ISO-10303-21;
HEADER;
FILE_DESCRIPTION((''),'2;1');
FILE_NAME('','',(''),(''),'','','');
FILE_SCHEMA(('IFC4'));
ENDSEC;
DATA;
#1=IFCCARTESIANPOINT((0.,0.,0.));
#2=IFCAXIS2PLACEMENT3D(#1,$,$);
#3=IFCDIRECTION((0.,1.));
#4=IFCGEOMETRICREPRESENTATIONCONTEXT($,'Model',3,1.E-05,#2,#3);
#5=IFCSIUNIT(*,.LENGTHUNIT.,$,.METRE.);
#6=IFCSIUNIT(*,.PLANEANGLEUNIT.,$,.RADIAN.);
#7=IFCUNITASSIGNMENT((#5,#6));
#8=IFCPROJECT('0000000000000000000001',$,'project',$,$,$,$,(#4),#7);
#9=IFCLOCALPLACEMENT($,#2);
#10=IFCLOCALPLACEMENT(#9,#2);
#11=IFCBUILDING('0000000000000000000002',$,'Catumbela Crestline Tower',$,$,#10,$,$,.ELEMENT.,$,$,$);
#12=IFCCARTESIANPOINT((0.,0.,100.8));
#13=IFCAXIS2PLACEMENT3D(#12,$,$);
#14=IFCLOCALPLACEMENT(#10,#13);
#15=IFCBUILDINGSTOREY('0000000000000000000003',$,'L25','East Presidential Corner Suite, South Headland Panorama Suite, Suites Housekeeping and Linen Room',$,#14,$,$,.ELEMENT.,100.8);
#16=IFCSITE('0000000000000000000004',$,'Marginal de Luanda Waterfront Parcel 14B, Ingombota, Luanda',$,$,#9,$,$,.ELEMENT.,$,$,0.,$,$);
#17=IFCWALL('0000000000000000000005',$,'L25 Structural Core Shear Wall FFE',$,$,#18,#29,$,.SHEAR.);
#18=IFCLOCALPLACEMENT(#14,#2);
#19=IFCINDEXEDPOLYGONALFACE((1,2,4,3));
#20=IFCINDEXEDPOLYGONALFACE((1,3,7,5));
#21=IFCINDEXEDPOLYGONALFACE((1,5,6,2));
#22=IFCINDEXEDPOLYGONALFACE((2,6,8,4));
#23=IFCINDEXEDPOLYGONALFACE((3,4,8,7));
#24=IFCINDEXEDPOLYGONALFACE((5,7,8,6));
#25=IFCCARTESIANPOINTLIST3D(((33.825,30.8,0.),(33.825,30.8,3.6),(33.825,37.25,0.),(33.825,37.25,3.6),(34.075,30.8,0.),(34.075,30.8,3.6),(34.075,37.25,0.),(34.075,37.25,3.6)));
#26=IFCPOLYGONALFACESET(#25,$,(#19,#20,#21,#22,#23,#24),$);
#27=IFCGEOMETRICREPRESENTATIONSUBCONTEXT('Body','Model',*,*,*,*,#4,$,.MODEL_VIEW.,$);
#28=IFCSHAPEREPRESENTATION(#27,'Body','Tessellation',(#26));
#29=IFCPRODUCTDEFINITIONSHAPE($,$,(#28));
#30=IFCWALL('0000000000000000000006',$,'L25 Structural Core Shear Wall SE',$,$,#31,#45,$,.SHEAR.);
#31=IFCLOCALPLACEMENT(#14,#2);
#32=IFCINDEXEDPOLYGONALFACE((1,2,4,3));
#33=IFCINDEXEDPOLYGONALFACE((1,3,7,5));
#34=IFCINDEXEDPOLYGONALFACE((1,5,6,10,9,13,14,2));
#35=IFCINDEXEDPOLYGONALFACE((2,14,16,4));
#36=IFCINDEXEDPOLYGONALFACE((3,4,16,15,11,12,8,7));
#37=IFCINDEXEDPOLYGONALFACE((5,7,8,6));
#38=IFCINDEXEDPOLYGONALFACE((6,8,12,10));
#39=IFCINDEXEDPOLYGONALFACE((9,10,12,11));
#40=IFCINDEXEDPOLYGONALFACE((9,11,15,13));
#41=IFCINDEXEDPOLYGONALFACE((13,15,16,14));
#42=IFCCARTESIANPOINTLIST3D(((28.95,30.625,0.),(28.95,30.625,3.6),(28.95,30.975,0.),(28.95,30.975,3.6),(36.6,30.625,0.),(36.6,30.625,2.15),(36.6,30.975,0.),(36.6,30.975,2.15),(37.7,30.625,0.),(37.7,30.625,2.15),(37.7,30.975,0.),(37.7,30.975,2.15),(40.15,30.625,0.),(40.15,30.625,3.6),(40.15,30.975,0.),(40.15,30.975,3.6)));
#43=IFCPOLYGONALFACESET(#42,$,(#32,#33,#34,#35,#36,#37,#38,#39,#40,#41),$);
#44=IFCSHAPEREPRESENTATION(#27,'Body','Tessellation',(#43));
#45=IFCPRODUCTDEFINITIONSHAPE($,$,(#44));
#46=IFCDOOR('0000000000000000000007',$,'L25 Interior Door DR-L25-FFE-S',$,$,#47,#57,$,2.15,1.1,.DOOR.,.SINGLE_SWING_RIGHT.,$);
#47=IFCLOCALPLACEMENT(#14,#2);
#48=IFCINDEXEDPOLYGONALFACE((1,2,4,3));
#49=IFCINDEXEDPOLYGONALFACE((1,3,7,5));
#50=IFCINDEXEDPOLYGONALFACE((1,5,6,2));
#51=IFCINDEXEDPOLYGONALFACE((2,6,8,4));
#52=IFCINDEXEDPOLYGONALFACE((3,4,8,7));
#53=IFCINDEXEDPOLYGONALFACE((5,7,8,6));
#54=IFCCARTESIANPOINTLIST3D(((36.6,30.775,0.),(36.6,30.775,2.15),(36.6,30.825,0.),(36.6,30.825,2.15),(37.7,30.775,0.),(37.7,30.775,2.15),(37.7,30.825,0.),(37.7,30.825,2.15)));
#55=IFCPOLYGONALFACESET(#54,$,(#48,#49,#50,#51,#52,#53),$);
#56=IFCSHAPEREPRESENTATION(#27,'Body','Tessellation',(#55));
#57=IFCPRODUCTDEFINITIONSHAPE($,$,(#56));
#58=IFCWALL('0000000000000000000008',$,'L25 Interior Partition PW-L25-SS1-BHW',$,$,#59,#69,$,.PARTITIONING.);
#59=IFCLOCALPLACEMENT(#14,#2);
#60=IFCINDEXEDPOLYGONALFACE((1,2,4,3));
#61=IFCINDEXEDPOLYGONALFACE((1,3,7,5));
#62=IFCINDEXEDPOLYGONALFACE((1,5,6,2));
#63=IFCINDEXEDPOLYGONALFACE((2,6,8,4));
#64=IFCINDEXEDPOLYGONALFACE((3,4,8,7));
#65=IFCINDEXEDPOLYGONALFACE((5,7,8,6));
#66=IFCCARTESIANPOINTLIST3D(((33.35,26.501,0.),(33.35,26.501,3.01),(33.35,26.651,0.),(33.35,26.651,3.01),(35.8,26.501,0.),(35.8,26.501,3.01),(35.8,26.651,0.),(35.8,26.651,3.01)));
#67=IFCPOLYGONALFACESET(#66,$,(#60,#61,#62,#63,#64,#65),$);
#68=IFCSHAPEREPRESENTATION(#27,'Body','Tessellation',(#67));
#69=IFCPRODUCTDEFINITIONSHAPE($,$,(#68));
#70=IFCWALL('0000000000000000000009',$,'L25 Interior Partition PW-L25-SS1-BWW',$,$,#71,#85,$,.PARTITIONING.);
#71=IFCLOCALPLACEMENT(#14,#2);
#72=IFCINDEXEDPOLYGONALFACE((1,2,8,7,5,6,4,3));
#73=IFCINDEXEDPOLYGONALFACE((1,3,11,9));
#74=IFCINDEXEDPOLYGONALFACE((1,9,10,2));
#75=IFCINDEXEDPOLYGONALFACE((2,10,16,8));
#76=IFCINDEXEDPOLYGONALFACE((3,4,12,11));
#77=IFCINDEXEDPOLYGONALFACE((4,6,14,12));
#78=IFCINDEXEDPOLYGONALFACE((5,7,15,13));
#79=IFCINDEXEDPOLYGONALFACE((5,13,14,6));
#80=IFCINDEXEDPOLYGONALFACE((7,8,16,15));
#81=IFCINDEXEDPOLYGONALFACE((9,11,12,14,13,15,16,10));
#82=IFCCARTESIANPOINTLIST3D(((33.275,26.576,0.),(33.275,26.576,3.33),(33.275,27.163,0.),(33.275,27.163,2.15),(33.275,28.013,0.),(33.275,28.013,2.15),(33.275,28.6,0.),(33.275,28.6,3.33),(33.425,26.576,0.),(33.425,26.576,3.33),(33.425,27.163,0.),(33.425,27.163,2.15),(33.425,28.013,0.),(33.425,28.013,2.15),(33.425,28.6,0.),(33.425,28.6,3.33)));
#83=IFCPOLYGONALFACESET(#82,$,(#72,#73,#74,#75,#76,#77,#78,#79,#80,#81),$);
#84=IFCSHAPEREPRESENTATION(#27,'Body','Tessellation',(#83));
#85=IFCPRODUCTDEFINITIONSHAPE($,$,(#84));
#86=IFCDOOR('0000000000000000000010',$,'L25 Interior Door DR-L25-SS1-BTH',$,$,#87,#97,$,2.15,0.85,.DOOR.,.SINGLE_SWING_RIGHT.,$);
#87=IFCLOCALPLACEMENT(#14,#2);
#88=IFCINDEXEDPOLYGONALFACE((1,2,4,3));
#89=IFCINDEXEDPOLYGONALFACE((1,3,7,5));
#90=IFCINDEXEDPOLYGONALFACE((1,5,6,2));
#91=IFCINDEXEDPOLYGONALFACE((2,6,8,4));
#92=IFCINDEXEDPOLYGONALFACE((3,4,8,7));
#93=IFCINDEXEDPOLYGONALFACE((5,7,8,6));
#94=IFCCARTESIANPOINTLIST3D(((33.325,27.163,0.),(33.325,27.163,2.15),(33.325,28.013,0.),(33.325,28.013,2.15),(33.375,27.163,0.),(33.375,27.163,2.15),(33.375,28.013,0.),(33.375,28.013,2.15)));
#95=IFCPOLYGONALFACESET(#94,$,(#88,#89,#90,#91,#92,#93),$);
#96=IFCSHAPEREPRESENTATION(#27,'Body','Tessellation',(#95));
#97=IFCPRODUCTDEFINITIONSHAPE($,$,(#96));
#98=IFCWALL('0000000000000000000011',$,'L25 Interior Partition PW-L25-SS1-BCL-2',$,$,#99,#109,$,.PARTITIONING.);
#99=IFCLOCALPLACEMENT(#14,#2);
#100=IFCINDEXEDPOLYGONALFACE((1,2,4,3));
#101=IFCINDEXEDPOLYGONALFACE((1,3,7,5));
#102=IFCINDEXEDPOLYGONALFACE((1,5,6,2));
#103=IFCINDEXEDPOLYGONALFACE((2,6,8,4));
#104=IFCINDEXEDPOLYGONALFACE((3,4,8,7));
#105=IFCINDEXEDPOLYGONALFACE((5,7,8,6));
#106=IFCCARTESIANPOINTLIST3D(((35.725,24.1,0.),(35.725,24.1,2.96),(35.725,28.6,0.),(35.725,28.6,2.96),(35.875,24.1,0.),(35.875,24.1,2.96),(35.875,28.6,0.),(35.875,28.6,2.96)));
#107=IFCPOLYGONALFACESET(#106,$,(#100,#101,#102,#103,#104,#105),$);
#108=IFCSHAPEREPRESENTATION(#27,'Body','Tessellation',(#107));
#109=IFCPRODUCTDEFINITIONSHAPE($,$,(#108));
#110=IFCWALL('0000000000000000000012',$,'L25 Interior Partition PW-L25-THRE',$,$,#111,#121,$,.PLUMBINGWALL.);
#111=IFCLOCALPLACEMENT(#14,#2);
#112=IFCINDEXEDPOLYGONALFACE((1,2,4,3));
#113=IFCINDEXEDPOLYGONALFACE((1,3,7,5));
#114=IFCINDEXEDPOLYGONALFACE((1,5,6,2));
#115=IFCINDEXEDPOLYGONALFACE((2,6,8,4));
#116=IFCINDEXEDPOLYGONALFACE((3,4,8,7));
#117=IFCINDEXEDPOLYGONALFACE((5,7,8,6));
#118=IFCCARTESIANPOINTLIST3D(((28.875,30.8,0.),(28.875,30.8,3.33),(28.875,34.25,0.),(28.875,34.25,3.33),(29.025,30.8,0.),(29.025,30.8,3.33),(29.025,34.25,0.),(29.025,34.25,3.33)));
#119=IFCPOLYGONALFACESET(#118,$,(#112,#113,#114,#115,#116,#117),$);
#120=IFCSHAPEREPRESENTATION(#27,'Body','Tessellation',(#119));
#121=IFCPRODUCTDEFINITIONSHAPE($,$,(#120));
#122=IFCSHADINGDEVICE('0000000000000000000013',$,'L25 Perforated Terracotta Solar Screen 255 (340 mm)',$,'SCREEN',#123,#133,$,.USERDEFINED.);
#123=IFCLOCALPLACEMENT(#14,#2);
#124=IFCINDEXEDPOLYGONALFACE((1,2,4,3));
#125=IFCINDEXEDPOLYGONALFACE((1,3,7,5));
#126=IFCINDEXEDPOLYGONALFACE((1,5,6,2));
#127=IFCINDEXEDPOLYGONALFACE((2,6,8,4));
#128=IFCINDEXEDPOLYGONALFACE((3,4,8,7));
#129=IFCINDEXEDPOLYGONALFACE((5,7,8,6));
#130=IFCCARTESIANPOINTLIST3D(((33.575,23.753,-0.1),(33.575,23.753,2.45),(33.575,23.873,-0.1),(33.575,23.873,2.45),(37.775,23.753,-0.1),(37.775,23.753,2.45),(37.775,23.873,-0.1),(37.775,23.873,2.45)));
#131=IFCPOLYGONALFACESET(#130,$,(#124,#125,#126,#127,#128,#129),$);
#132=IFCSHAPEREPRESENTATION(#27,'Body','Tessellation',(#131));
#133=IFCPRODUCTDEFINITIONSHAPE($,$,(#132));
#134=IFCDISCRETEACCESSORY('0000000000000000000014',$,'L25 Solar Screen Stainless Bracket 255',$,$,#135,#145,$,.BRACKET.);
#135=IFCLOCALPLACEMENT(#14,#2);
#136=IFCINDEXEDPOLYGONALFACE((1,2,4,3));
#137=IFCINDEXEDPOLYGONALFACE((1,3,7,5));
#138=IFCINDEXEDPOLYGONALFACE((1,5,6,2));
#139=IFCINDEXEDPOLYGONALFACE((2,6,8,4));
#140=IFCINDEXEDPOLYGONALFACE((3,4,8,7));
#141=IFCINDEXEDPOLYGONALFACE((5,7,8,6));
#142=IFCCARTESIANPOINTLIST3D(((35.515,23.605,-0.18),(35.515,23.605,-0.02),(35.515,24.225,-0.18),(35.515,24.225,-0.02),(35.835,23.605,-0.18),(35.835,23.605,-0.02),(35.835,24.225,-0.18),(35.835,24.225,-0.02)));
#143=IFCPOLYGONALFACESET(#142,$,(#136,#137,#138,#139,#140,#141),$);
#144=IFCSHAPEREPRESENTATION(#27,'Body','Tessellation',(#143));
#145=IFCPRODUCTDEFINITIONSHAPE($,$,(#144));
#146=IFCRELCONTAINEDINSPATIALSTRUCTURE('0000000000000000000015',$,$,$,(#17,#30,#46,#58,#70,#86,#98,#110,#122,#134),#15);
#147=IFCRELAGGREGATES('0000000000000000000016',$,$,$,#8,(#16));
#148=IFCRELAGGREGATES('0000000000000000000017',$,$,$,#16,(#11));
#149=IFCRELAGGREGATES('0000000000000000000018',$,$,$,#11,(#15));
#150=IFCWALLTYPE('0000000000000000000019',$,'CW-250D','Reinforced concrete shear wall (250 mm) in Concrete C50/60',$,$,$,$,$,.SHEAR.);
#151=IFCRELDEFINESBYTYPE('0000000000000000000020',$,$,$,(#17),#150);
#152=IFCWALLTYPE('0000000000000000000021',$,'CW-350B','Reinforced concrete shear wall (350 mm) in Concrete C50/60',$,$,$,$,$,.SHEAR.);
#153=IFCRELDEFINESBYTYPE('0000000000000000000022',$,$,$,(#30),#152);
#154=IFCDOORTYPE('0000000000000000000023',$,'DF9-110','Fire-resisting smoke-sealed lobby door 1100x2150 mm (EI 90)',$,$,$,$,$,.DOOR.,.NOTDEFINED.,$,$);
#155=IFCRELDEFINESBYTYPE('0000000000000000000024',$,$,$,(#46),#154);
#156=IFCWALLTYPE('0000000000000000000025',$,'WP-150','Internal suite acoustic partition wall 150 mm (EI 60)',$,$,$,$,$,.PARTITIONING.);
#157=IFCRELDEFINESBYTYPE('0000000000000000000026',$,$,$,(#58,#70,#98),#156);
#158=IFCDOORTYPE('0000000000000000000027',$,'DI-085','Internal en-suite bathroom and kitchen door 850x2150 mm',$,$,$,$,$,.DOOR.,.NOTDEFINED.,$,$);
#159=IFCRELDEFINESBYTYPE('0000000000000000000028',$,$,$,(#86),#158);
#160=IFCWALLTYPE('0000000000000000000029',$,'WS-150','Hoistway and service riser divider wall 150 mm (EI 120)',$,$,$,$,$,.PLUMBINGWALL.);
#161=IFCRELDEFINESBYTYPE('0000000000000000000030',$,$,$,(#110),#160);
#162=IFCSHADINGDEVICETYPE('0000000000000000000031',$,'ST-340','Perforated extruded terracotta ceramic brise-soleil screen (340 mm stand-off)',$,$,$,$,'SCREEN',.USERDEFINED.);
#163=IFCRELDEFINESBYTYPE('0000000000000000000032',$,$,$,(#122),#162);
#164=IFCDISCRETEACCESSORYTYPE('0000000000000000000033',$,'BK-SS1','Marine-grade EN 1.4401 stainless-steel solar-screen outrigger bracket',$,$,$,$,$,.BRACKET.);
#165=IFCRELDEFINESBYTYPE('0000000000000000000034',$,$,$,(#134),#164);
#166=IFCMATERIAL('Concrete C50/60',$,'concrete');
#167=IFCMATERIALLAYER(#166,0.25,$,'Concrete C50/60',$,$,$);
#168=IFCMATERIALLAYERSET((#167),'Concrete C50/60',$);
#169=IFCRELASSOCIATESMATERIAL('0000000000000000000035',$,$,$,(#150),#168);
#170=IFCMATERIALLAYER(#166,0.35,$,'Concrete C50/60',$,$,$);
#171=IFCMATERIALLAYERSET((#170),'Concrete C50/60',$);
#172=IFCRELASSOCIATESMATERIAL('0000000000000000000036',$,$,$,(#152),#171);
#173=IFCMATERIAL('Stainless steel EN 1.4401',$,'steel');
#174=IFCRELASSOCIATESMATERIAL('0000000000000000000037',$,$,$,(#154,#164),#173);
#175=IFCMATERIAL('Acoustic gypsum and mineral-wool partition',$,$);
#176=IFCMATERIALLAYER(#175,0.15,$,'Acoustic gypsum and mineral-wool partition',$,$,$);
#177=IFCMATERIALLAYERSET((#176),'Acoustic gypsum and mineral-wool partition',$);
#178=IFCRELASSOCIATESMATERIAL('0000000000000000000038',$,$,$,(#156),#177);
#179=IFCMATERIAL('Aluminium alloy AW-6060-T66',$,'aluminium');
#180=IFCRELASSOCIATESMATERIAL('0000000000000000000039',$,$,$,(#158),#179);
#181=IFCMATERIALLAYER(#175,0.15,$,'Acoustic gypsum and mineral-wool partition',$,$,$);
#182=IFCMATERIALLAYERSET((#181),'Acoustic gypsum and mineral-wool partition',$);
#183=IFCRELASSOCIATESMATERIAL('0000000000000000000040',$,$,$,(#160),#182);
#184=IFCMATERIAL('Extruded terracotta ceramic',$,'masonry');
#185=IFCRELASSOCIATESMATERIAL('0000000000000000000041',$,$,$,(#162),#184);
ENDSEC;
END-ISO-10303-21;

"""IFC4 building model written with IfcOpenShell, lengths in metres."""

from ifc_helpers import new_model, si_unit, direction, frame, frame_2d, origin, origin_2d, place, context, subcontext, project, spatial, rectangle, extrude, material, layer, layer_set, type_object, element, fill, save


model = new_model("IFC4")

# Units and contexts
model_context = context("Model", 3, precision=1e-05, world=origin(), true_north=direction((0.0, 1.0)))
body_context = subcontext(model_context, "Body", "Model", "MODEL_VIEW")
ifc_project = project(units=[si_unit("LENGTHUNIT", "METRE"), si_unit("PLANEANGLEUNIT", "RADIAN")], contexts=[model_context])

# Site, building, storey
site_placement = place(None, origin())
site = spatial("IfcSite", under=ifc_project, at=site_placement, Name="Marginal de Luanda Waterfront Parcel 14B, Ingombota, Luanda", CompositionType="ELEMENT", RefElevation=0.0)
building_placement = place(site_placement, origin())
building = spatial("IfcBuilding", under=site, at=building_placement, Name="Catumbela Crestline Tower", CompositionType="ELEMENT")
storey_placement = place(building_placement, frame((0.0, 0.0, 100.8)))
storey = spatial("IfcBuildingStorey", under=building, at=storey_placement, Name="L25", Description="East Presidential Corner Suite, South Headland Panorama Suite, Suites Housekeeping and Linen Room", CompositionType="ELEMENT", Elevation=100.8)

# Shared definitions
ifc_material_1 = material(Name="Concrete C50/60", Category="concrete")

# Shared definitions
ifc_material_2 = material(Name="Aluminium alloy AW-6060-T66", Category="aluminium")

# Wall
ifc_layer_1 = layer(ifc_material_1, 0.25, Name="Concrete C50/60")
ifc_layer_set_1 = layer_set([ifc_layer_1], Name="Concrete C50/60")
wall_type_1 = type_object("IfcWallType", Name="CW-250D", Description="Reinforced concrete shear wall (250 mm) in Concrete C50/60", PredefinedType="SHEAR", material=ifc_layer_set_1)
wall_1_placement = place(storey_placement, frame((33.95, 30.8, 0.0), z_axis=(0.0, 0.0, 1.0), x_axis=(0.0, 1.0, 0.0)))
element("IfcWall", 1, at=wall_1_placement, inside=storey, type_object=wall_type_1, Name="L25 Structural Core Shear Wall FFE", PredefinedType="SHEAR", context=body_context, shape_type="SweptSolid", body=[
    extrude(rectangle(XDim=6.45, YDim=0.25, at=frame_2d((3.225, 0.0))), origin(), (0.0, 0.0, 1.0), 3.6),
])

# Wall, opening, door
ifc_layer_2 = layer(ifc_material_1, 0.35, Name="Concrete C50/60")
ifc_layer_set_2 = layer_set([ifc_layer_2], Name="Concrete C50/60")
wall_type_2 = type_object("IfcWallType", Name="CW-350B", Description="Reinforced concrete shear wall (350 mm) in Concrete C50/60", PredefinedType="SHEAR", material=ifc_layer_set_2)
wall_2_placement = place(storey_placement, frame((28.95, 30.8, 0.0), z_axis=(0.0, 0.0, 1.0), x_axis=(1.0, 0.0, 0.0)))
wall_2 = element("IfcWall", 2, at=wall_2_placement, inside=storey, type_object=wall_type_2, Name="L25 Structural Core Shear Wall SE", PredefinedType="SHEAR", context=body_context, shape_type="SweptSolid", body=[
    extrude(rectangle(XDim=11.2, YDim=0.35, at=frame_2d((5.6, 0.0))), origin(), (0.0, 0.0, 1.0), 3.6),
])
opening_1_placement = place(wall_2_placement, frame((7.65, 0.0, 0.0)))
opening_1 = element("IfcOpeningElement", 3, at=opening_1_placement, cuts=wall_2, PredefinedType="OPENING", context=body_context, shape_type="SweptSolid", body=[
    extrude(rectangle(XDim=1.1, YDim=2.15, at=frame_2d((0.55, 1.075))), frame((0.0, 0.185, 0.0), z_axis=(0.0, -1.0, 0.0), x_axis=(1.0, 0.0, 0.0)), (0.0, 0.0, 1.0), 0.37),
])
ifc_material_3 = material(Name="Stainless steel EN 1.4401", Category="steel")
door_type_1 = type_object("IfcDoorType", Name="DF9-110", Description="Fire-resisting smoke-sealed lobby door 1100x2150 mm (EI 90)", OperationType="NOTDEFINED", PredefinedType="DOOR", material=ifc_material_3)
door_1_placement = place(opening_1_placement, origin())
door_1 = element("IfcDoor", 4, at=door_1_placement, inside=storey, type_object=door_type_1, Name="L25 Interior Door DR-L25-FFE-S", OperationType="SINGLE_SWING_RIGHT", OverallHeight=2.15, OverallWidth=1.1, PredefinedType="DOOR", context=body_context, shape_type="SweptSolid", body=[
    extrude(rectangle(XDim=1.1, YDim=2.15, at=frame_2d((0.55, 1.075))), frame((0.0, 0.025, 0.0), z_axis=(0.0, -1.0, 0.0), x_axis=(1.0, 0.0, 0.0)), (0.0, 0.0, 1.0), 0.05),
])
fill(opening_1, door_1)

# Wall
ifc_material_4 = material(Name="Acoustic gypsum and mineral-wool partition")
ifc_layer_3 = layer(ifc_material_4, 0.15, Name="Acoustic gypsum and mineral-wool partition")
ifc_layer_set_3 = layer_set([ifc_layer_3], Name="Acoustic gypsum and mineral-wool partition")
wall_type_3 = type_object("IfcWallType", Name="WP-150", Description="Internal suite acoustic partition wall 150 mm (EI 60)", PredefinedType="PARTITIONING", material=ifc_layer_set_3)
wall_3_placement = place(storey_placement, frame((33.35, 26.576, 0.0), z_axis=(0.0, 0.0, 1.0), x_axis=(1.0, 0.0, 0.0)))
element("IfcWall", 5, at=wall_3_placement, inside=storey, type_object=wall_type_3, Name="L25 Interior Partition PW-L25-SS1-BHW", PredefinedType="PARTITIONING", context=body_context, shape_type="SweptSolid", body=[
    extrude(rectangle(XDim=2.45, YDim=0.15, at=frame_2d((1.225, 0.0))), origin(), (0.0, 0.0, 1.0), 3.01),
])

# Wall, opening, door
wall_4_placement = place(storey_placement, frame((33.35, 26.576, 0.0), z_axis=(0.0, 0.0, 1.0), x_axis=(0.0, 1.0, 0.0)))
wall_4 = element("IfcWall", 6, at=wall_4_placement, inside=storey, type_object=wall_type_3, Name="L25 Interior Partition PW-L25-SS1-BWW", PredefinedType="PARTITIONING", context=body_context, shape_type="SweptSolid", body=[
    extrude(rectangle(XDim=2.024, YDim=0.15, at=frame_2d((1.012, 0.0))), origin(), (0.0, 0.0, 1.0), 3.33),
])
opening_2_placement = place(wall_4_placement, frame((0.587, 0.0, 0.0)))
opening_2 = element("IfcOpeningElement", 7, at=opening_2_placement, cuts=wall_4, PredefinedType="OPENING", context=body_context, shape_type="SweptSolid", body=[
    extrude(rectangle(XDim=0.85, YDim=2.15, at=frame_2d((0.425, 1.075))), frame((0.0, 0.085, 0.0), z_axis=(0.0, -1.0, 0.0), x_axis=(1.0, 0.0, 0.0)), (0.0, 0.0, 1.0), 0.17),
])
door_type_2 = type_object("IfcDoorType", Name="DI-085", Description="Internal en-suite bathroom and kitchen door 850x2150 mm", OperationType="NOTDEFINED", PredefinedType="DOOR", material=ifc_material_2)
door_2_placement = place(opening_2_placement, origin())
door_2 = element("IfcDoor", 8, at=door_2_placement, inside=storey, type_object=door_type_2, Name="L25 Interior Door DR-L25-SS1-BTH", OperationType="SINGLE_SWING_RIGHT", OverallHeight=2.15, OverallWidth=0.85, PredefinedType="DOOR", context=body_context, shape_type="SweptSolid", body=[
    extrude(rectangle(XDim=0.85, YDim=2.15, at=frame_2d((0.425, 1.075))), frame((0.0, 0.025, 0.0), z_axis=(0.0, -1.0, 0.0), x_axis=(1.0, 0.0, 0.0)), (0.0, 0.0, 1.0), 0.05),
])
fill(opening_2, door_2)

# Walls
wall_5_placement = place(storey_placement, frame((35.8, 28.6, 0.0), z_axis=(0.0, 0.0, 1.0), x_axis=(0.0, -1.0, 0.0)))
element("IfcWall", 9, at=wall_5_placement, inside=storey, type_object=wall_type_3, Name="L25 Interior Partition PW-L25-SS1-BCL-2", PredefinedType="PARTITIONING", context=body_context, shape_type="SweptSolid", body=[
    extrude(rectangle(XDim=4.5, YDim=0.15, at=frame_2d((2.25, 0.0))), origin(), (0.0, 0.0, 1.0), 2.96),
])
ifc_layer_4 = layer(ifc_material_4, 0.15, Name="Acoustic gypsum and mineral-wool partition")
ifc_layer_set_4 = layer_set([ifc_layer_4], Name="Acoustic gypsum and mineral-wool partition")
wall_type_4 = type_object("IfcWallType", Name="WS-150", Description="Hoistway and service riser divider wall 150 mm (EI 120)", PredefinedType="PLUMBINGWALL", material=ifc_layer_set_4)
wall_6_placement = place(storey_placement, frame((28.95, 30.8, 0.0), z_axis=(0.0, 0.0, 1.0), x_axis=(0.0, 1.0, 0.0)))
element("IfcWall", 10, at=wall_6_placement, inside=storey, type_object=wall_type_4, Name="L25 Interior Partition PW-L25-THRE", PredefinedType="PLUMBINGWALL", context=body_context, shape_type="SweptSolid", body=[
    extrude(rectangle(XDim=3.45, YDim=0.15, at=frame_2d((1.725, 0.0))), origin(), (0.0, 0.0, 1.0), 3.33),
])

# Shading device
ifc_material_5 = material(Name="Extruded terracotta ceramic", Category="masonry")
shading_device_type = type_object("IfcShadingDeviceType", Name="ST-340", Description="Perforated extruded terracotta ceramic brise-soleil screen (340 mm stand-off)", ElementType="SCREEN", PredefinedType="USERDEFINED", material=ifc_material_5)
shading_device_placement = place(storey_placement, frame((35.675, 23.813, -0.1), z_axis=(0.0, 0.0, 1.0), x_axis=(1.0, 0.0, 0.0)))
element("IfcShadingDevice", 11, at=shading_device_placement, inside=storey, type_object=shading_device_type, Name="L25 Perforated Terracotta Solar Screen 255 (340 mm)", ObjectType="SCREEN", PredefinedType="USERDEFINED", context=body_context, shape_type="SweptSolid", body=[
    extrude(rectangle(XDim=4.2, YDim=0.12, at=origin_2d()), origin(), (0.0, 0.0, 1.0), 2.55),
])

# Discrete accessory
discrete_accessory_type = type_object("IfcDiscreteAccessoryType", Name="BK-SS1", Description="Marine-grade EN 1.4401 stainless-steel solar-screen outrigger bracket", PredefinedType="BRACKET", material=ifc_material_3)
discrete_accessory_placement = place(storey_placement, frame((35.675, 23.915, -0.18), z_axis=(0.0, 0.0, 1.0), x_axis=(1.0, 0.0, 0.0)))
element("IfcDiscreteAccessory", 12, at=discrete_accessory_placement, inside=storey, type_object=discrete_accessory_type, Name="L25 Solar Screen Stainless Bracket 255", PredefinedType="BRACKET", context=body_context, shape_type="SweptSolid", body=[
    extrude(rectangle(XDim=0.32, YDim=0.62, at=origin_2d()), origin(), (0.0, 0.0, 1.0), 0.16),
])

save(model, "model.ifc")
